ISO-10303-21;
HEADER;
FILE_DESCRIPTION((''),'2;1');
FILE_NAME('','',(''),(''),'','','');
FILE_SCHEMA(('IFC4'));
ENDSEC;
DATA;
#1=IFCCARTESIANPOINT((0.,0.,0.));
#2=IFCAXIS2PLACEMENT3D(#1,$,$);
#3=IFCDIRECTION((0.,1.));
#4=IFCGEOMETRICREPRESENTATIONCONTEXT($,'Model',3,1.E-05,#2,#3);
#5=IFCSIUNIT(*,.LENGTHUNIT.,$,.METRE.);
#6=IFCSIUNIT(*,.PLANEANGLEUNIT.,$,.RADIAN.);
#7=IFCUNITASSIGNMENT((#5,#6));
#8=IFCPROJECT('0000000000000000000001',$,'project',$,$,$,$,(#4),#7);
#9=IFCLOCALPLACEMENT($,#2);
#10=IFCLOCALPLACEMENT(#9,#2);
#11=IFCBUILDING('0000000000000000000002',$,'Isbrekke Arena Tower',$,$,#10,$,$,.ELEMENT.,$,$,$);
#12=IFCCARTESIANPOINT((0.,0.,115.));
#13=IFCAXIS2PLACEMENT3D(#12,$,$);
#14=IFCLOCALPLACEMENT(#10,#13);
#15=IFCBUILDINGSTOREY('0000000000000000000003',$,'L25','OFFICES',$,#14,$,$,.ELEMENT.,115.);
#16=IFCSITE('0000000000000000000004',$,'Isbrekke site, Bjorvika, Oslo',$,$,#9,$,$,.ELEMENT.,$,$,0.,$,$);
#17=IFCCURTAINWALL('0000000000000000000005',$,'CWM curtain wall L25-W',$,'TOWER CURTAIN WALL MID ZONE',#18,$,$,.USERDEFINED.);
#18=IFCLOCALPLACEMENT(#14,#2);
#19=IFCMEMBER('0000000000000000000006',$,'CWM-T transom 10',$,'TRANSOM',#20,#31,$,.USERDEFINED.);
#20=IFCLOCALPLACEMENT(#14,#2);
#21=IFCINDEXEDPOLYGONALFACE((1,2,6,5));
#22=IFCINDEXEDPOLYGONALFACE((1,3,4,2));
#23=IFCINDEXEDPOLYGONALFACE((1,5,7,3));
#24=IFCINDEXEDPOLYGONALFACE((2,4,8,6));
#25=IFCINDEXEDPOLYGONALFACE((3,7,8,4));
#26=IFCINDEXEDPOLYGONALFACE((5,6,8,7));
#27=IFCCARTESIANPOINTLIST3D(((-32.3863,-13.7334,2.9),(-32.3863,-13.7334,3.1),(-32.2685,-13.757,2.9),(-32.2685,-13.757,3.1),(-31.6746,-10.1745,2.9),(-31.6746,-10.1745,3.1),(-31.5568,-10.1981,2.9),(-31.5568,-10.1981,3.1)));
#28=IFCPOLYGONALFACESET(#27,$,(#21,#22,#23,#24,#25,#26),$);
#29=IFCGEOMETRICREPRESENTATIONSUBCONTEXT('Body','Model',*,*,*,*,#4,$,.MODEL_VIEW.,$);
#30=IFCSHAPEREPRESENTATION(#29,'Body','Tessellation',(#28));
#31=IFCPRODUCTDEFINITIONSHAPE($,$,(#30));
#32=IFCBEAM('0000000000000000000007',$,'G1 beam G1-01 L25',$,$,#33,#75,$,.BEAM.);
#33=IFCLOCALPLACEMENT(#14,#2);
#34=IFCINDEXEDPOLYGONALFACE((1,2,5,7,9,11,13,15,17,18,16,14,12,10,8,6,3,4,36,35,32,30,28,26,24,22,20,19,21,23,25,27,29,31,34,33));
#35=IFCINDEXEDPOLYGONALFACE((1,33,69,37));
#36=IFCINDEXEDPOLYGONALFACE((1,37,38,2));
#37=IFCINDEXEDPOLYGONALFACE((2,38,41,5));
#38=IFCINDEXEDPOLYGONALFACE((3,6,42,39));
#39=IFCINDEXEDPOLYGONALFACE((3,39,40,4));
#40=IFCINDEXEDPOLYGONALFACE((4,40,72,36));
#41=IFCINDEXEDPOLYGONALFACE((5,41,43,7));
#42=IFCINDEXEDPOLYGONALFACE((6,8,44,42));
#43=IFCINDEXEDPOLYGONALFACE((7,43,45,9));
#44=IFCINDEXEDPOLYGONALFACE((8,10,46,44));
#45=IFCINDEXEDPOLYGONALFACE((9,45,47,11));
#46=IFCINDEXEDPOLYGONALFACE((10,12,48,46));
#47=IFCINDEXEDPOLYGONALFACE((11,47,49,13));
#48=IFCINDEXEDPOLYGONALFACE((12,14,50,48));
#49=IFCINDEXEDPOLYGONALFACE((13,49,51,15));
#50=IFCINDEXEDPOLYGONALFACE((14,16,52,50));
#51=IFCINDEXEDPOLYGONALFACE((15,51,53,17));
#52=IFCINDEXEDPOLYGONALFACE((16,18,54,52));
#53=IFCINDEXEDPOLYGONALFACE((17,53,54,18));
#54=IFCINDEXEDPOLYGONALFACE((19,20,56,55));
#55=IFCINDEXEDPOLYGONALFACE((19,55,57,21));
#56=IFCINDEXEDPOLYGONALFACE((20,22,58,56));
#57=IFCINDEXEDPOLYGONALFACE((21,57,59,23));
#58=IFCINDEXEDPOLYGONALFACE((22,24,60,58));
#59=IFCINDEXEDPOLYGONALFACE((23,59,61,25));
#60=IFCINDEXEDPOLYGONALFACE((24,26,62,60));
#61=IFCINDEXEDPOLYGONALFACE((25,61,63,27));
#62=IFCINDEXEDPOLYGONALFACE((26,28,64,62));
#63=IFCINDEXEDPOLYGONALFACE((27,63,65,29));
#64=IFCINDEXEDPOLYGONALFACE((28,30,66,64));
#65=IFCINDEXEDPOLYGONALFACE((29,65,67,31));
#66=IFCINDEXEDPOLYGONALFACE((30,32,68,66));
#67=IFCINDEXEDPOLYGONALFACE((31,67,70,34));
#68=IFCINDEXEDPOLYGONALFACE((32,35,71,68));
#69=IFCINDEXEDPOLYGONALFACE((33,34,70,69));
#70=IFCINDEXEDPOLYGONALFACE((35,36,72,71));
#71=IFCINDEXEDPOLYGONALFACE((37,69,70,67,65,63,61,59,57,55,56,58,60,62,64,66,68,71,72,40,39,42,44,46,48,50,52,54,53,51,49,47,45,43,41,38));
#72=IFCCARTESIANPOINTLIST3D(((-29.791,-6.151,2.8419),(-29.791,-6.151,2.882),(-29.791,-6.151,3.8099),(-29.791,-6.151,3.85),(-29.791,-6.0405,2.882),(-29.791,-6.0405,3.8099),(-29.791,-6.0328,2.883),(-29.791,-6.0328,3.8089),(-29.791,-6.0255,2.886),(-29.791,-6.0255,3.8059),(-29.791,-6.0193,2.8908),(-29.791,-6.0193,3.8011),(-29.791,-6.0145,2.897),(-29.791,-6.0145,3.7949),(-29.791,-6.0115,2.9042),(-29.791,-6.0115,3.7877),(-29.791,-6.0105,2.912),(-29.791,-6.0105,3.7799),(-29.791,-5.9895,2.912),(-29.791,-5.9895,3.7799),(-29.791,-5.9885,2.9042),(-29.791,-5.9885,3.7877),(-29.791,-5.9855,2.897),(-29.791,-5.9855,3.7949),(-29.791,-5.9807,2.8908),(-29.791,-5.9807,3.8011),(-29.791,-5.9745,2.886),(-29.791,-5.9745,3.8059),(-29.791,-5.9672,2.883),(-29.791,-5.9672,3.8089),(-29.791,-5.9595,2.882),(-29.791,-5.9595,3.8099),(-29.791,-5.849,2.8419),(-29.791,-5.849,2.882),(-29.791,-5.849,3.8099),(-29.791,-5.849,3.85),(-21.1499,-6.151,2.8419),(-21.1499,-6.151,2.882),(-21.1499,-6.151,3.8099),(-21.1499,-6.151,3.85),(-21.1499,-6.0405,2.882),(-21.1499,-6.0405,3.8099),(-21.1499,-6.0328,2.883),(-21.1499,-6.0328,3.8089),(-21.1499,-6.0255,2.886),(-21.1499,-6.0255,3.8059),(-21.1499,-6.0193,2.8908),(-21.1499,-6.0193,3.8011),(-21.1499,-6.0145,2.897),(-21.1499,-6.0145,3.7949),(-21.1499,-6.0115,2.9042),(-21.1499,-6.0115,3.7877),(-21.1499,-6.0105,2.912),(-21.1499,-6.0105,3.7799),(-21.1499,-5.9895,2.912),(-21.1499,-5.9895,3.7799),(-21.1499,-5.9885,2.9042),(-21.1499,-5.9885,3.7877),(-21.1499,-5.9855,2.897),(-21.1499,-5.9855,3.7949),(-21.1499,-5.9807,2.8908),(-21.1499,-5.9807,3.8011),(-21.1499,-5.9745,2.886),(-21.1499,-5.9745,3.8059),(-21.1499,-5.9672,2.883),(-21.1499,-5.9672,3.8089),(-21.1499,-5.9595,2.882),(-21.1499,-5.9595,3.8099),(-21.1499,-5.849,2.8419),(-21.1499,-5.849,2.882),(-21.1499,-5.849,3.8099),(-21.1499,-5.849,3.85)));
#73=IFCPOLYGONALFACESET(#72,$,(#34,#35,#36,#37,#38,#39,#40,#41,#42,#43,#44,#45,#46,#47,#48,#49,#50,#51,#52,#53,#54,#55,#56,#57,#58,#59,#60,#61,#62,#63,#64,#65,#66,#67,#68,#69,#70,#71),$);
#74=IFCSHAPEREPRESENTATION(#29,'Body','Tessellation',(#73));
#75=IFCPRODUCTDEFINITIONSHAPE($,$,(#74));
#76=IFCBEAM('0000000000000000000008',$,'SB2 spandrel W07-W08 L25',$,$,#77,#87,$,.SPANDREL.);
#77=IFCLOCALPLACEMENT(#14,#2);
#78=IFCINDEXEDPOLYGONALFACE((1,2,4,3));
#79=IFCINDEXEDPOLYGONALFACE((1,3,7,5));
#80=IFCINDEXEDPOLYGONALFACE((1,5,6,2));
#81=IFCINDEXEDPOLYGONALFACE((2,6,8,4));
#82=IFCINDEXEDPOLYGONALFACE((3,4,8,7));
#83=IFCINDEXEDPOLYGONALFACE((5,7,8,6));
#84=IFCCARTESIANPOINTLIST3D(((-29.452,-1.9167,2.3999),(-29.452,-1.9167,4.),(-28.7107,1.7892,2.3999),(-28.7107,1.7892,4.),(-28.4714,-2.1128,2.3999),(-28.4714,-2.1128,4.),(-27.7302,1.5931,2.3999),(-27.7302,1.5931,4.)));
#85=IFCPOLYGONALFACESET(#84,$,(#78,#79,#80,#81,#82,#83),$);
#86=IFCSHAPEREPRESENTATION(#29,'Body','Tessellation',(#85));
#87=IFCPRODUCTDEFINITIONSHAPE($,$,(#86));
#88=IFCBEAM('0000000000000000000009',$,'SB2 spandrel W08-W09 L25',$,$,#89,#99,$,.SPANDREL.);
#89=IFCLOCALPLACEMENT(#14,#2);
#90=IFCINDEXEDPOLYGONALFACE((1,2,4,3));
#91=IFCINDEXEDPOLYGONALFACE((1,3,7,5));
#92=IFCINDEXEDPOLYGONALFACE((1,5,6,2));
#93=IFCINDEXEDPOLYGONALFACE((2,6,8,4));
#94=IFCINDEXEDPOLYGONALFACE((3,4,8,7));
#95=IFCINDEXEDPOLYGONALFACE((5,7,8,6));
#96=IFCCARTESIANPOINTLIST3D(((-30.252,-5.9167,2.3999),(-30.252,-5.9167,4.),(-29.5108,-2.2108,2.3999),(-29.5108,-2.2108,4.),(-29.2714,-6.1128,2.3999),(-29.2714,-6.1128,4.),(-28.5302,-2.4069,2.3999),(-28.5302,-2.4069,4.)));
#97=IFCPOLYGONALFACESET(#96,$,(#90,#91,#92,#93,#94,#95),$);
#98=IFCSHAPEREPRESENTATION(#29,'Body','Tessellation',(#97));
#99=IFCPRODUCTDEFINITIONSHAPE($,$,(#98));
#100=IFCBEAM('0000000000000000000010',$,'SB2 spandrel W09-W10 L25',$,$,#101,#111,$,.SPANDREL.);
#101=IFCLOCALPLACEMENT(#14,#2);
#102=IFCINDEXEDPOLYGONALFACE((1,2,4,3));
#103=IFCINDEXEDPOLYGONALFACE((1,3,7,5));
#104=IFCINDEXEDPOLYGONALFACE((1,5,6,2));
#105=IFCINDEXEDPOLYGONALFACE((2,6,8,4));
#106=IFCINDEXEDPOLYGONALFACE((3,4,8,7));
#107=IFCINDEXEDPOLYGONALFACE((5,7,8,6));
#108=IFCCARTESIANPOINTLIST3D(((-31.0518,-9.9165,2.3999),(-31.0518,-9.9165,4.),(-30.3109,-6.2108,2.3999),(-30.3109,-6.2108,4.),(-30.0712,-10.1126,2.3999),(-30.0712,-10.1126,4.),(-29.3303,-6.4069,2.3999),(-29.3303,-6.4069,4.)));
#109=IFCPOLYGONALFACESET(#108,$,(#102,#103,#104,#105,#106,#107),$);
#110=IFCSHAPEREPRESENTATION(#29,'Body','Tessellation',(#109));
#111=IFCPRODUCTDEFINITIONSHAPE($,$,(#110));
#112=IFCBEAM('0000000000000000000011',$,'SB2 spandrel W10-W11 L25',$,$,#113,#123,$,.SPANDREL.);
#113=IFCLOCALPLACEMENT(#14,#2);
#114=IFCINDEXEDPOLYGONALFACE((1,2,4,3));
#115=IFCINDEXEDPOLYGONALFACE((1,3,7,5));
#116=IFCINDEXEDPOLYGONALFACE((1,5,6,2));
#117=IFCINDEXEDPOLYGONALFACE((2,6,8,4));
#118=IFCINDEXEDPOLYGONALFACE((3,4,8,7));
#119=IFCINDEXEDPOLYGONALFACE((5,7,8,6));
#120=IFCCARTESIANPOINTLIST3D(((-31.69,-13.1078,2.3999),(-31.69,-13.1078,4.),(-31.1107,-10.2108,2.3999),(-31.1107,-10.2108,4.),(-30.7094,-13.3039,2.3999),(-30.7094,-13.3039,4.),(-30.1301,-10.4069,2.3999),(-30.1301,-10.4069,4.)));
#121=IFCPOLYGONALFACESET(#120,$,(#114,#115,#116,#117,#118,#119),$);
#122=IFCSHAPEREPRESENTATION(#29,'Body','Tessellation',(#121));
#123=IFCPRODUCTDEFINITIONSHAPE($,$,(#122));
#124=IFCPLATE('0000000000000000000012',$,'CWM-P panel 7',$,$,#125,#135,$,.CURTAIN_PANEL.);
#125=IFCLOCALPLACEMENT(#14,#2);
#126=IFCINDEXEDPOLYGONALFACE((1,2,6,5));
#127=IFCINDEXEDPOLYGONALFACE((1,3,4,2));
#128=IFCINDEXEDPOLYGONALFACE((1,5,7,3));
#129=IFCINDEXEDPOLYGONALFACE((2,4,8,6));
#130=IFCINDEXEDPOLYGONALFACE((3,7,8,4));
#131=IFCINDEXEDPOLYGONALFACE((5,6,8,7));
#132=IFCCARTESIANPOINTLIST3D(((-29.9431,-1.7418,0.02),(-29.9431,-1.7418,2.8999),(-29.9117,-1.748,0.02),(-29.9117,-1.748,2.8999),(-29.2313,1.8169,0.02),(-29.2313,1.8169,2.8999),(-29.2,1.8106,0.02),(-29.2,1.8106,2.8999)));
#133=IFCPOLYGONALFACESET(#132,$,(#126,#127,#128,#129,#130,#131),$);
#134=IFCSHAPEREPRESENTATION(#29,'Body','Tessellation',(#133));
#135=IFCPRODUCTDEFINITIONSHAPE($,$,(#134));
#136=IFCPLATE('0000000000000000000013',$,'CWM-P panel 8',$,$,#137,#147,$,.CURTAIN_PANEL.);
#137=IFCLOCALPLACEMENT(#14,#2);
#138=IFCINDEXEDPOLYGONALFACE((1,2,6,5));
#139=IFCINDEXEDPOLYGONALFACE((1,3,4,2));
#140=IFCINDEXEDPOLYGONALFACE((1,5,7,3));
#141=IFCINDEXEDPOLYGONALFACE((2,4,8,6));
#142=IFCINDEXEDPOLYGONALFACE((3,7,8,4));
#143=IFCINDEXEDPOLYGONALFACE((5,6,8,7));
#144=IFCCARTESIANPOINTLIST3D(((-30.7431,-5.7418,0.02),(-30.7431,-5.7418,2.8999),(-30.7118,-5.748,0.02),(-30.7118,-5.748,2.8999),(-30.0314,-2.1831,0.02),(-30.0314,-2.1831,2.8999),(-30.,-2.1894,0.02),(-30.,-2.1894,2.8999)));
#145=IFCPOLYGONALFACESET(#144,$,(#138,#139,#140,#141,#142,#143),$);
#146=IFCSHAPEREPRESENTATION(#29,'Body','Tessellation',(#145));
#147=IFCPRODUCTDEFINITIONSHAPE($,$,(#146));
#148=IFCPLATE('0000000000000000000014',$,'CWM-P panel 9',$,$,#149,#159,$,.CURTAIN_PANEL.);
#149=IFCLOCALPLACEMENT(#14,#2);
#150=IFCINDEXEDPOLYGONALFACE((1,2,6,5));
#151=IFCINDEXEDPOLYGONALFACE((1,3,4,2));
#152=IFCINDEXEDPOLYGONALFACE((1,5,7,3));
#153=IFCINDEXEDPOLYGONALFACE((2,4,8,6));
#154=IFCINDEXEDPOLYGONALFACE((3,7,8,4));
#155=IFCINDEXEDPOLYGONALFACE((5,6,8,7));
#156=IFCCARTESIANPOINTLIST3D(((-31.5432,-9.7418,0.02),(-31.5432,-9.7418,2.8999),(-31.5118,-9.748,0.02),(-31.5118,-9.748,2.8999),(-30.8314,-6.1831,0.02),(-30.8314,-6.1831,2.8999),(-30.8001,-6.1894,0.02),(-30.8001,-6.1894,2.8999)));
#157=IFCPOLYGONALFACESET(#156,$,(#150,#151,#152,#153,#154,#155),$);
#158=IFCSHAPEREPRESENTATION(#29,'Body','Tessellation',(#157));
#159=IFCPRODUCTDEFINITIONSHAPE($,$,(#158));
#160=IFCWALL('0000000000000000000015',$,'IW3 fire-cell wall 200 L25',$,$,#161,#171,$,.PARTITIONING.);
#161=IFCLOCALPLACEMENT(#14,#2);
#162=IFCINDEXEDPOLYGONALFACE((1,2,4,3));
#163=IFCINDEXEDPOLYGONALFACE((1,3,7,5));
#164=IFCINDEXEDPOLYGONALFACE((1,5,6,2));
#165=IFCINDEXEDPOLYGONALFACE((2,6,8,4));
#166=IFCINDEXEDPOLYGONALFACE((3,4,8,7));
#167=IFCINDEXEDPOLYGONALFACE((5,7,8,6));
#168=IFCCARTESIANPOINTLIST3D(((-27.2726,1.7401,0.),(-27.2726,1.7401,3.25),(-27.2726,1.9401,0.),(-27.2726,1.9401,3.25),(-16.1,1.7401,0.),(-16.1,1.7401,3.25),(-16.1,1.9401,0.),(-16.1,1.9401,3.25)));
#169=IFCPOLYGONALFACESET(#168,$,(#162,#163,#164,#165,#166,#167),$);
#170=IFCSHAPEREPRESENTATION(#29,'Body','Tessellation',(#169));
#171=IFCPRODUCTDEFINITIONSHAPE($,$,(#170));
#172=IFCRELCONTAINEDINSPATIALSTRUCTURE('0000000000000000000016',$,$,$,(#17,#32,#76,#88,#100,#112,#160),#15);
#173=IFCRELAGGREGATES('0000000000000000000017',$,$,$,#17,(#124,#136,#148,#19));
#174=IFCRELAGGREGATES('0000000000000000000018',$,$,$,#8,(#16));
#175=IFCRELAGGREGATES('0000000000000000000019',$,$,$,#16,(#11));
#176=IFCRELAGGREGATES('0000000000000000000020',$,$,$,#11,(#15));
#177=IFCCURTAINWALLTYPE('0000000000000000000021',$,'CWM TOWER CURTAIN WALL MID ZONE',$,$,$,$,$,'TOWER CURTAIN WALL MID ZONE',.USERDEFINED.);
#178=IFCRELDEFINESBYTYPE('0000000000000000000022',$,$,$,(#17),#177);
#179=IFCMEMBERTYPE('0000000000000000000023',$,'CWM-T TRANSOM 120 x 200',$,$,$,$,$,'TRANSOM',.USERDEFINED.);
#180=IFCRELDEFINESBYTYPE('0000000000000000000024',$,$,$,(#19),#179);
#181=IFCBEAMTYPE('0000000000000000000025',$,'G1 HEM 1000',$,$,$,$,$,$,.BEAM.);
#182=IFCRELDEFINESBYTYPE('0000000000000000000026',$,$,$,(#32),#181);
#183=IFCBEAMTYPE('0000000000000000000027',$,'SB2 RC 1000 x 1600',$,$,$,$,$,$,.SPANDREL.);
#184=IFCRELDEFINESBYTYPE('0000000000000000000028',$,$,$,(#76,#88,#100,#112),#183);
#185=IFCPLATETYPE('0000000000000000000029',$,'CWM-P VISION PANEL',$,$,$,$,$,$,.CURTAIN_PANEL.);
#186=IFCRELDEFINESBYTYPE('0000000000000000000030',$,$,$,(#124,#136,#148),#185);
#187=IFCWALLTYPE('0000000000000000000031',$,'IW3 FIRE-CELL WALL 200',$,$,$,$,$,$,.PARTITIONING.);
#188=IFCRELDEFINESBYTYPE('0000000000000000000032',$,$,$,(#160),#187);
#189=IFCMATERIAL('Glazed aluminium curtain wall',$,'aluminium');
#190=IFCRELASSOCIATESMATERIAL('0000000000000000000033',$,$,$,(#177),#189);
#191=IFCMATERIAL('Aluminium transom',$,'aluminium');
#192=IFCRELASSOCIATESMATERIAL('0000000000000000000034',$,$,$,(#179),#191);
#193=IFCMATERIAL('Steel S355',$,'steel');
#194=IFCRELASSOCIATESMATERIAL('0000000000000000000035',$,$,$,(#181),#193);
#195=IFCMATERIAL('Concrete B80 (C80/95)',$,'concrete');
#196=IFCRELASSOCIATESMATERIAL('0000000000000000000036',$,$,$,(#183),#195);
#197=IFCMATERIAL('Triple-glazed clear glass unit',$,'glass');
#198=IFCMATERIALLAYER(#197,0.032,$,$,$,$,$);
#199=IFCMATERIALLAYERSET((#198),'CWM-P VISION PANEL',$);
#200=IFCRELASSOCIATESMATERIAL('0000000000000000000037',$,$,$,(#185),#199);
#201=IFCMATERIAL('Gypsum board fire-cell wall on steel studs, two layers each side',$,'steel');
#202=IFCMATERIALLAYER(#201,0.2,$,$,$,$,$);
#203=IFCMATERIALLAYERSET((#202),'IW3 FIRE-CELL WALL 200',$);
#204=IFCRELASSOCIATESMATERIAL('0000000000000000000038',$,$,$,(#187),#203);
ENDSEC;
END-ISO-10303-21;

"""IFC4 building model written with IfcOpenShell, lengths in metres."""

from ifc_helpers import new_model, si_unit, direction, frame, frame_2d, origin, origin_2d, place, context, subcontext, project, spatial, rectangle, i_section, extrude, material, layer, layer_set, material_profile, profile_set, type_object, element, aggregate, save


model = new_model("IFC4")

# Units and contexts
model_context = context("Model", 3, precision=1e-05, world=origin(), true_north=direction((0.0, 1.0)))
body_context = subcontext(model_context, "Body", "Model", "MODEL_VIEW")
ifc_project = project(units=[si_unit("LENGTHUNIT", "METRE"), si_unit("PLANEANGLEUNIT", "RADIAN")], contexts=[model_context])

# Site, building, storey
site_placement = place(None, origin())
site = spatial("IfcSite", under=ifc_project, at=site_placement, Name="Isbrekke site, Bjorvika, Oslo", CompositionType="ELEMENT", RefElevation=0.0)
building_placement = place(site_placement, origin())
building = spatial("IfcBuilding", under=site, at=building_placement, Name="Isbrekke Arena Tower", CompositionType="ELEMENT")
storey_placement = place(building_placement, frame((0.0, 0.0, 115.0)))
storey = spatial("IfcBuildingStorey", under=building, at=storey_placement, Name="L25", Description="OFFICES", CompositionType="ELEMENT", Elevation=115.0)

# Curtain wall, member
ifc_material_1 = material(Name="Glazed aluminium curtain wall", Category="aluminium")
curtain_wall_type = type_object("IfcCurtainWallType", Name="CWM TOWER CURTAIN WALL MID ZONE", ElementType="TOWER CURTAIN WALL MID ZONE", PredefinedType="USERDEFINED", material=ifc_material_1)
curtain_wall_placement = place(storey_placement, origin())
curtain_wall = element("IfcCurtainWall", 1, at=curtain_wall_placement, inside=storey, type_object=curtain_wall_type, Name="CWM curtain wall L25-W", ObjectType="TOWER CURTAIN WALL MID ZONE", PredefinedType="USERDEFINED")
ifc_material_2 = material(Name="Aluminium transom", Category="aluminium")
ifc_material_profile_1 = material_profile(ifc_material_2, rectangle(XDim=0.1201, YDim=0.2, at=origin_2d()), Name="TRANSOM 120X200")
ifc_profile_set_1 = profile_set([ifc_material_profile_1], Name="Aluminium transom")
member_type_1 = type_object("IfcMemberType", Name="CWM-T TRANSOM 120 x 200", ElementType="TRANSOM", PredefinedType="USERDEFINED", material=ifc_profile_set_1)
member_1_placement = place(storey_placement, frame((-31.6157, -10.1863, 3.0), z_axis=(-0.19609, -0.980586, 0.0), x_axis=(0.980586, -0.19609, 0.0)))
member_1 = element("IfcMember", 2, at=member_1_placement, type_object=member_type_1, Name="CWM-T transom 10", ObjectType="TRANSOM", PredefinedType="USERDEFINED", context=body_context, shape_type="SweptSolid", body=[
    extrude(rectangle(XDim=0.1201, YDim=0.2, at=origin_2d()), origin(), (0.0, 0.0, 1.0), 3.6294),
])

# Beams
ifc_material_3 = material(Name="Steel S355", Category="steel")
ifc_material_profile_2 = material_profile(ifc_material_3, i_section(OverallWidth=0.302, OverallDepth=1.0081, WebThickness=0.021, FlangeThickness=0.04, FilletRadius=0.03, at=origin_2d()), Name="HEM 1000")
ifc_profile_set_2 = profile_set([ifc_material_profile_2], Name="Steel S355")
beam_type_1 = type_object("IfcBeamType", Name="G1 HEM 1000", PredefinedType="BEAM", material=ifc_profile_set_2)
beam_1_placement = place(storey_placement, frame((-29.791, -6.0, 3.3459), z_axis=(1.0, 0.0, 0.0), x_axis=(0.0, 1.0, 0.0)))
element("IfcBeam", 3, at=beam_1_placement, inside=storey, type_object=beam_type_1, Name="G1 beam G1-01 L25", PredefinedType="BEAM", context=body_context, shape_type="SweptSolid", body=[
    extrude(i_section(OverallWidth=0.302, OverallDepth=1.0081, WebThickness=0.021, FlangeThickness=0.04, FilletRadius=0.03, at=origin_2d()), origin(), (0.0, 0.0, 1.0), 8.6411),
])
ifc_material_4 = material(Name="Concrete B80 (C80/95)", Category="concrete")
ifc_material_profile_3 = material_profile(ifc_material_4, rectangle(XDim=1.0, YDim=1.6001, at=origin_2d()), Name="RC 1000x1600")
ifc_profile_set_3 = profile_set([ifc_material_profile_3], Name="Concrete B80 (C80/95)")
beam_type_2 = type_object("IfcBeamType", Name="SB2 RC 1000 x 1600", PredefinedType="SPANDREL", material=ifc_profile_set_3)
for number, where, z_axis, x_axis, name in (
    (4, (-28.2205, 1.6912, 3.2), (-0.196129, -0.980578, 0.0), (0.980578, -0.196129, 0.0), "SB2 spandrel W07-W08 L25"),
    (5, (-29.0205, -2.3088, 3.2), (-0.196129, -0.980578, 0.0), (0.980578, -0.196129, 0.0), "SB2 spandrel W08-W09 L25"),
):
    element("IfcBeam", number, at=place(storey_placement, frame(where, z_axis=z_axis, x_axis=x_axis)), inside=storey, type_object=beam_type_2, Name=name, PredefinedType="SPANDREL", context=body_context, shape_type="SweptSolid", body=[
        extrude(rectangle(XDim=1.0, YDim=1.6001, at=origin_2d()), origin(), (0.0, 0.0, 1.0), 3.7793),
    ])
beam_2_placement = place(storey_placement, frame((-29.8206, -6.3088, 3.2), z_axis=(-0.196066, -0.980591, 0.0), x_axis=(0.980591, -0.196066, 0.0)))
element("IfcBeam", 6, at=beam_2_placement, inside=storey, type_object=beam_type_2, Name="SB2 spandrel W09-W10 L25", PredefinedType="SPANDREL", context=body_context, shape_type="SweptSolid", body=[
    extrude(rectangle(XDim=1.0, YDim=1.6001, at=origin_2d()), origin(), (0.0, 0.0, 1.0), 3.7791),
])
beam_3_placement = place(storey_placement, frame((-30.6204, -10.3088, 3.2), z_axis=(-0.1961, -0.980584, 0.0), x_axis=(0.980584, -0.1961, 0.0)))
element("IfcBeam", 7, at=beam_3_placement, inside=storey, type_object=beam_type_2, Name="SB2 spandrel W10-W11 L25", PredefinedType="SPANDREL", context=body_context, shape_type="SweptSolid", body=[
    extrude(rectangle(XDim=1.0, YDim=1.6001, at=origin_2d()), origin(), (0.0, 0.0, 1.0), 2.9543),
])

# Plates
ifc_material_5 = material(Name="Triple-glazed clear glass unit", Category="glass")
ifc_layer_1 = layer(ifc_material_5, 0.032)
ifc_layer_set_1 = layer_set([ifc_layer_1], Name="CWM-P VISION PANEL")
plate_type = type_object("IfcPlateType", Name="CWM-P VISION PANEL", PredefinedType="CURTAIN_PANEL", material=ifc_layer_set_1)
plate_1_placement = place(storey_placement, frame((-29.5715, 0.0344, 0.02), z_axis=(0.0, 0.0, 1.0), x_axis=(-0.196116, -0.980581, 0.0)))
plate_1 = element("IfcPlate", 8, at=plate_1_placement, type_object=plate_type, Name="CWM-P panel 7", PredefinedType="CURTAIN_PANEL", context=body_context, shape_type="SweptSolid", body=[
    extrude(rectangle(XDim=3.6292, YDim=0.032, at=origin_2d()), origin(), (0.0, 0.0, 1.0), 2.8799),
])
plate_2_placement = place(storey_placement, frame((-30.3716, -3.9656, 0.02), z_axis=(0.0, 0.0, 1.0), x_axis=(-0.196116, -0.980581, 0.0)))
plate_2 = element("IfcPlate", 9, at=plate_2_placement, type_object=plate_type, Name="CWM-P panel 8", PredefinedType="CURTAIN_PANEL", context=body_context, shape_type="SweptSolid", body=[
    extrude(rectangle(XDim=3.6292, YDim=0.032, at=origin_2d()), origin(), (0.0, 0.0, 1.0), 2.8799),
])
plate_3_placement = place(storey_placement, frame((-31.1716, -7.9656, 0.02), z_axis=(0.0, 0.0, 1.0), x_axis=(-0.196116, -0.980581, 0.0)))
plate_3 = element("IfcPlate", 10, at=plate_3_placement, type_object=plate_type, Name="CWM-P panel 9", PredefinedType="CURTAIN_PANEL", context=body_context, shape_type="SweptSolid", body=[
    extrude(rectangle(XDim=3.6292, YDim=0.032, at=origin_2d()), origin(), (0.0, 0.0, 1.0), 2.8799),
])
aggregate(curtain_wall, [plate_1, plate_2, plate_3, member_1])

# Wall
ifc_material_6 = material(Name="Gypsum board fire-cell wall on steel studs, two layers each side", Category="steel")
ifc_layer_2 = layer(ifc_material_6, 0.2)
ifc_layer_set_2 = layer_set([ifc_layer_2], Name="IW3 FIRE-CELL WALL 200")
wall_type_1 = type_object("IfcWallType", Name="IW3 FIRE-CELL WALL 200", PredefinedType="PARTITIONING", material=ifc_layer_set_2)
wall_1_placement = place(storey_placement, frame((-27.2727, 1.8401, 0.0), z_axis=(0.0, 0.0, 1.0), x_axis=(1.0, 0.0, 0.0)))
element("IfcWall", 11, at=wall_1_placement, inside=storey, type_object=wall_type_1, Name="IW3 fire-cell wall 200 L25", PredefinedType="PARTITIONING", context=body_context, shape_type="SweptSolid", body=[
    extrude(rectangle(XDim=11.1726, YDim=0.2, at=frame_2d((5.5864, 0.0))), origin(), (0.0, 0.0, 1.0), 3.25),
])

save(model, "model.ifc")
